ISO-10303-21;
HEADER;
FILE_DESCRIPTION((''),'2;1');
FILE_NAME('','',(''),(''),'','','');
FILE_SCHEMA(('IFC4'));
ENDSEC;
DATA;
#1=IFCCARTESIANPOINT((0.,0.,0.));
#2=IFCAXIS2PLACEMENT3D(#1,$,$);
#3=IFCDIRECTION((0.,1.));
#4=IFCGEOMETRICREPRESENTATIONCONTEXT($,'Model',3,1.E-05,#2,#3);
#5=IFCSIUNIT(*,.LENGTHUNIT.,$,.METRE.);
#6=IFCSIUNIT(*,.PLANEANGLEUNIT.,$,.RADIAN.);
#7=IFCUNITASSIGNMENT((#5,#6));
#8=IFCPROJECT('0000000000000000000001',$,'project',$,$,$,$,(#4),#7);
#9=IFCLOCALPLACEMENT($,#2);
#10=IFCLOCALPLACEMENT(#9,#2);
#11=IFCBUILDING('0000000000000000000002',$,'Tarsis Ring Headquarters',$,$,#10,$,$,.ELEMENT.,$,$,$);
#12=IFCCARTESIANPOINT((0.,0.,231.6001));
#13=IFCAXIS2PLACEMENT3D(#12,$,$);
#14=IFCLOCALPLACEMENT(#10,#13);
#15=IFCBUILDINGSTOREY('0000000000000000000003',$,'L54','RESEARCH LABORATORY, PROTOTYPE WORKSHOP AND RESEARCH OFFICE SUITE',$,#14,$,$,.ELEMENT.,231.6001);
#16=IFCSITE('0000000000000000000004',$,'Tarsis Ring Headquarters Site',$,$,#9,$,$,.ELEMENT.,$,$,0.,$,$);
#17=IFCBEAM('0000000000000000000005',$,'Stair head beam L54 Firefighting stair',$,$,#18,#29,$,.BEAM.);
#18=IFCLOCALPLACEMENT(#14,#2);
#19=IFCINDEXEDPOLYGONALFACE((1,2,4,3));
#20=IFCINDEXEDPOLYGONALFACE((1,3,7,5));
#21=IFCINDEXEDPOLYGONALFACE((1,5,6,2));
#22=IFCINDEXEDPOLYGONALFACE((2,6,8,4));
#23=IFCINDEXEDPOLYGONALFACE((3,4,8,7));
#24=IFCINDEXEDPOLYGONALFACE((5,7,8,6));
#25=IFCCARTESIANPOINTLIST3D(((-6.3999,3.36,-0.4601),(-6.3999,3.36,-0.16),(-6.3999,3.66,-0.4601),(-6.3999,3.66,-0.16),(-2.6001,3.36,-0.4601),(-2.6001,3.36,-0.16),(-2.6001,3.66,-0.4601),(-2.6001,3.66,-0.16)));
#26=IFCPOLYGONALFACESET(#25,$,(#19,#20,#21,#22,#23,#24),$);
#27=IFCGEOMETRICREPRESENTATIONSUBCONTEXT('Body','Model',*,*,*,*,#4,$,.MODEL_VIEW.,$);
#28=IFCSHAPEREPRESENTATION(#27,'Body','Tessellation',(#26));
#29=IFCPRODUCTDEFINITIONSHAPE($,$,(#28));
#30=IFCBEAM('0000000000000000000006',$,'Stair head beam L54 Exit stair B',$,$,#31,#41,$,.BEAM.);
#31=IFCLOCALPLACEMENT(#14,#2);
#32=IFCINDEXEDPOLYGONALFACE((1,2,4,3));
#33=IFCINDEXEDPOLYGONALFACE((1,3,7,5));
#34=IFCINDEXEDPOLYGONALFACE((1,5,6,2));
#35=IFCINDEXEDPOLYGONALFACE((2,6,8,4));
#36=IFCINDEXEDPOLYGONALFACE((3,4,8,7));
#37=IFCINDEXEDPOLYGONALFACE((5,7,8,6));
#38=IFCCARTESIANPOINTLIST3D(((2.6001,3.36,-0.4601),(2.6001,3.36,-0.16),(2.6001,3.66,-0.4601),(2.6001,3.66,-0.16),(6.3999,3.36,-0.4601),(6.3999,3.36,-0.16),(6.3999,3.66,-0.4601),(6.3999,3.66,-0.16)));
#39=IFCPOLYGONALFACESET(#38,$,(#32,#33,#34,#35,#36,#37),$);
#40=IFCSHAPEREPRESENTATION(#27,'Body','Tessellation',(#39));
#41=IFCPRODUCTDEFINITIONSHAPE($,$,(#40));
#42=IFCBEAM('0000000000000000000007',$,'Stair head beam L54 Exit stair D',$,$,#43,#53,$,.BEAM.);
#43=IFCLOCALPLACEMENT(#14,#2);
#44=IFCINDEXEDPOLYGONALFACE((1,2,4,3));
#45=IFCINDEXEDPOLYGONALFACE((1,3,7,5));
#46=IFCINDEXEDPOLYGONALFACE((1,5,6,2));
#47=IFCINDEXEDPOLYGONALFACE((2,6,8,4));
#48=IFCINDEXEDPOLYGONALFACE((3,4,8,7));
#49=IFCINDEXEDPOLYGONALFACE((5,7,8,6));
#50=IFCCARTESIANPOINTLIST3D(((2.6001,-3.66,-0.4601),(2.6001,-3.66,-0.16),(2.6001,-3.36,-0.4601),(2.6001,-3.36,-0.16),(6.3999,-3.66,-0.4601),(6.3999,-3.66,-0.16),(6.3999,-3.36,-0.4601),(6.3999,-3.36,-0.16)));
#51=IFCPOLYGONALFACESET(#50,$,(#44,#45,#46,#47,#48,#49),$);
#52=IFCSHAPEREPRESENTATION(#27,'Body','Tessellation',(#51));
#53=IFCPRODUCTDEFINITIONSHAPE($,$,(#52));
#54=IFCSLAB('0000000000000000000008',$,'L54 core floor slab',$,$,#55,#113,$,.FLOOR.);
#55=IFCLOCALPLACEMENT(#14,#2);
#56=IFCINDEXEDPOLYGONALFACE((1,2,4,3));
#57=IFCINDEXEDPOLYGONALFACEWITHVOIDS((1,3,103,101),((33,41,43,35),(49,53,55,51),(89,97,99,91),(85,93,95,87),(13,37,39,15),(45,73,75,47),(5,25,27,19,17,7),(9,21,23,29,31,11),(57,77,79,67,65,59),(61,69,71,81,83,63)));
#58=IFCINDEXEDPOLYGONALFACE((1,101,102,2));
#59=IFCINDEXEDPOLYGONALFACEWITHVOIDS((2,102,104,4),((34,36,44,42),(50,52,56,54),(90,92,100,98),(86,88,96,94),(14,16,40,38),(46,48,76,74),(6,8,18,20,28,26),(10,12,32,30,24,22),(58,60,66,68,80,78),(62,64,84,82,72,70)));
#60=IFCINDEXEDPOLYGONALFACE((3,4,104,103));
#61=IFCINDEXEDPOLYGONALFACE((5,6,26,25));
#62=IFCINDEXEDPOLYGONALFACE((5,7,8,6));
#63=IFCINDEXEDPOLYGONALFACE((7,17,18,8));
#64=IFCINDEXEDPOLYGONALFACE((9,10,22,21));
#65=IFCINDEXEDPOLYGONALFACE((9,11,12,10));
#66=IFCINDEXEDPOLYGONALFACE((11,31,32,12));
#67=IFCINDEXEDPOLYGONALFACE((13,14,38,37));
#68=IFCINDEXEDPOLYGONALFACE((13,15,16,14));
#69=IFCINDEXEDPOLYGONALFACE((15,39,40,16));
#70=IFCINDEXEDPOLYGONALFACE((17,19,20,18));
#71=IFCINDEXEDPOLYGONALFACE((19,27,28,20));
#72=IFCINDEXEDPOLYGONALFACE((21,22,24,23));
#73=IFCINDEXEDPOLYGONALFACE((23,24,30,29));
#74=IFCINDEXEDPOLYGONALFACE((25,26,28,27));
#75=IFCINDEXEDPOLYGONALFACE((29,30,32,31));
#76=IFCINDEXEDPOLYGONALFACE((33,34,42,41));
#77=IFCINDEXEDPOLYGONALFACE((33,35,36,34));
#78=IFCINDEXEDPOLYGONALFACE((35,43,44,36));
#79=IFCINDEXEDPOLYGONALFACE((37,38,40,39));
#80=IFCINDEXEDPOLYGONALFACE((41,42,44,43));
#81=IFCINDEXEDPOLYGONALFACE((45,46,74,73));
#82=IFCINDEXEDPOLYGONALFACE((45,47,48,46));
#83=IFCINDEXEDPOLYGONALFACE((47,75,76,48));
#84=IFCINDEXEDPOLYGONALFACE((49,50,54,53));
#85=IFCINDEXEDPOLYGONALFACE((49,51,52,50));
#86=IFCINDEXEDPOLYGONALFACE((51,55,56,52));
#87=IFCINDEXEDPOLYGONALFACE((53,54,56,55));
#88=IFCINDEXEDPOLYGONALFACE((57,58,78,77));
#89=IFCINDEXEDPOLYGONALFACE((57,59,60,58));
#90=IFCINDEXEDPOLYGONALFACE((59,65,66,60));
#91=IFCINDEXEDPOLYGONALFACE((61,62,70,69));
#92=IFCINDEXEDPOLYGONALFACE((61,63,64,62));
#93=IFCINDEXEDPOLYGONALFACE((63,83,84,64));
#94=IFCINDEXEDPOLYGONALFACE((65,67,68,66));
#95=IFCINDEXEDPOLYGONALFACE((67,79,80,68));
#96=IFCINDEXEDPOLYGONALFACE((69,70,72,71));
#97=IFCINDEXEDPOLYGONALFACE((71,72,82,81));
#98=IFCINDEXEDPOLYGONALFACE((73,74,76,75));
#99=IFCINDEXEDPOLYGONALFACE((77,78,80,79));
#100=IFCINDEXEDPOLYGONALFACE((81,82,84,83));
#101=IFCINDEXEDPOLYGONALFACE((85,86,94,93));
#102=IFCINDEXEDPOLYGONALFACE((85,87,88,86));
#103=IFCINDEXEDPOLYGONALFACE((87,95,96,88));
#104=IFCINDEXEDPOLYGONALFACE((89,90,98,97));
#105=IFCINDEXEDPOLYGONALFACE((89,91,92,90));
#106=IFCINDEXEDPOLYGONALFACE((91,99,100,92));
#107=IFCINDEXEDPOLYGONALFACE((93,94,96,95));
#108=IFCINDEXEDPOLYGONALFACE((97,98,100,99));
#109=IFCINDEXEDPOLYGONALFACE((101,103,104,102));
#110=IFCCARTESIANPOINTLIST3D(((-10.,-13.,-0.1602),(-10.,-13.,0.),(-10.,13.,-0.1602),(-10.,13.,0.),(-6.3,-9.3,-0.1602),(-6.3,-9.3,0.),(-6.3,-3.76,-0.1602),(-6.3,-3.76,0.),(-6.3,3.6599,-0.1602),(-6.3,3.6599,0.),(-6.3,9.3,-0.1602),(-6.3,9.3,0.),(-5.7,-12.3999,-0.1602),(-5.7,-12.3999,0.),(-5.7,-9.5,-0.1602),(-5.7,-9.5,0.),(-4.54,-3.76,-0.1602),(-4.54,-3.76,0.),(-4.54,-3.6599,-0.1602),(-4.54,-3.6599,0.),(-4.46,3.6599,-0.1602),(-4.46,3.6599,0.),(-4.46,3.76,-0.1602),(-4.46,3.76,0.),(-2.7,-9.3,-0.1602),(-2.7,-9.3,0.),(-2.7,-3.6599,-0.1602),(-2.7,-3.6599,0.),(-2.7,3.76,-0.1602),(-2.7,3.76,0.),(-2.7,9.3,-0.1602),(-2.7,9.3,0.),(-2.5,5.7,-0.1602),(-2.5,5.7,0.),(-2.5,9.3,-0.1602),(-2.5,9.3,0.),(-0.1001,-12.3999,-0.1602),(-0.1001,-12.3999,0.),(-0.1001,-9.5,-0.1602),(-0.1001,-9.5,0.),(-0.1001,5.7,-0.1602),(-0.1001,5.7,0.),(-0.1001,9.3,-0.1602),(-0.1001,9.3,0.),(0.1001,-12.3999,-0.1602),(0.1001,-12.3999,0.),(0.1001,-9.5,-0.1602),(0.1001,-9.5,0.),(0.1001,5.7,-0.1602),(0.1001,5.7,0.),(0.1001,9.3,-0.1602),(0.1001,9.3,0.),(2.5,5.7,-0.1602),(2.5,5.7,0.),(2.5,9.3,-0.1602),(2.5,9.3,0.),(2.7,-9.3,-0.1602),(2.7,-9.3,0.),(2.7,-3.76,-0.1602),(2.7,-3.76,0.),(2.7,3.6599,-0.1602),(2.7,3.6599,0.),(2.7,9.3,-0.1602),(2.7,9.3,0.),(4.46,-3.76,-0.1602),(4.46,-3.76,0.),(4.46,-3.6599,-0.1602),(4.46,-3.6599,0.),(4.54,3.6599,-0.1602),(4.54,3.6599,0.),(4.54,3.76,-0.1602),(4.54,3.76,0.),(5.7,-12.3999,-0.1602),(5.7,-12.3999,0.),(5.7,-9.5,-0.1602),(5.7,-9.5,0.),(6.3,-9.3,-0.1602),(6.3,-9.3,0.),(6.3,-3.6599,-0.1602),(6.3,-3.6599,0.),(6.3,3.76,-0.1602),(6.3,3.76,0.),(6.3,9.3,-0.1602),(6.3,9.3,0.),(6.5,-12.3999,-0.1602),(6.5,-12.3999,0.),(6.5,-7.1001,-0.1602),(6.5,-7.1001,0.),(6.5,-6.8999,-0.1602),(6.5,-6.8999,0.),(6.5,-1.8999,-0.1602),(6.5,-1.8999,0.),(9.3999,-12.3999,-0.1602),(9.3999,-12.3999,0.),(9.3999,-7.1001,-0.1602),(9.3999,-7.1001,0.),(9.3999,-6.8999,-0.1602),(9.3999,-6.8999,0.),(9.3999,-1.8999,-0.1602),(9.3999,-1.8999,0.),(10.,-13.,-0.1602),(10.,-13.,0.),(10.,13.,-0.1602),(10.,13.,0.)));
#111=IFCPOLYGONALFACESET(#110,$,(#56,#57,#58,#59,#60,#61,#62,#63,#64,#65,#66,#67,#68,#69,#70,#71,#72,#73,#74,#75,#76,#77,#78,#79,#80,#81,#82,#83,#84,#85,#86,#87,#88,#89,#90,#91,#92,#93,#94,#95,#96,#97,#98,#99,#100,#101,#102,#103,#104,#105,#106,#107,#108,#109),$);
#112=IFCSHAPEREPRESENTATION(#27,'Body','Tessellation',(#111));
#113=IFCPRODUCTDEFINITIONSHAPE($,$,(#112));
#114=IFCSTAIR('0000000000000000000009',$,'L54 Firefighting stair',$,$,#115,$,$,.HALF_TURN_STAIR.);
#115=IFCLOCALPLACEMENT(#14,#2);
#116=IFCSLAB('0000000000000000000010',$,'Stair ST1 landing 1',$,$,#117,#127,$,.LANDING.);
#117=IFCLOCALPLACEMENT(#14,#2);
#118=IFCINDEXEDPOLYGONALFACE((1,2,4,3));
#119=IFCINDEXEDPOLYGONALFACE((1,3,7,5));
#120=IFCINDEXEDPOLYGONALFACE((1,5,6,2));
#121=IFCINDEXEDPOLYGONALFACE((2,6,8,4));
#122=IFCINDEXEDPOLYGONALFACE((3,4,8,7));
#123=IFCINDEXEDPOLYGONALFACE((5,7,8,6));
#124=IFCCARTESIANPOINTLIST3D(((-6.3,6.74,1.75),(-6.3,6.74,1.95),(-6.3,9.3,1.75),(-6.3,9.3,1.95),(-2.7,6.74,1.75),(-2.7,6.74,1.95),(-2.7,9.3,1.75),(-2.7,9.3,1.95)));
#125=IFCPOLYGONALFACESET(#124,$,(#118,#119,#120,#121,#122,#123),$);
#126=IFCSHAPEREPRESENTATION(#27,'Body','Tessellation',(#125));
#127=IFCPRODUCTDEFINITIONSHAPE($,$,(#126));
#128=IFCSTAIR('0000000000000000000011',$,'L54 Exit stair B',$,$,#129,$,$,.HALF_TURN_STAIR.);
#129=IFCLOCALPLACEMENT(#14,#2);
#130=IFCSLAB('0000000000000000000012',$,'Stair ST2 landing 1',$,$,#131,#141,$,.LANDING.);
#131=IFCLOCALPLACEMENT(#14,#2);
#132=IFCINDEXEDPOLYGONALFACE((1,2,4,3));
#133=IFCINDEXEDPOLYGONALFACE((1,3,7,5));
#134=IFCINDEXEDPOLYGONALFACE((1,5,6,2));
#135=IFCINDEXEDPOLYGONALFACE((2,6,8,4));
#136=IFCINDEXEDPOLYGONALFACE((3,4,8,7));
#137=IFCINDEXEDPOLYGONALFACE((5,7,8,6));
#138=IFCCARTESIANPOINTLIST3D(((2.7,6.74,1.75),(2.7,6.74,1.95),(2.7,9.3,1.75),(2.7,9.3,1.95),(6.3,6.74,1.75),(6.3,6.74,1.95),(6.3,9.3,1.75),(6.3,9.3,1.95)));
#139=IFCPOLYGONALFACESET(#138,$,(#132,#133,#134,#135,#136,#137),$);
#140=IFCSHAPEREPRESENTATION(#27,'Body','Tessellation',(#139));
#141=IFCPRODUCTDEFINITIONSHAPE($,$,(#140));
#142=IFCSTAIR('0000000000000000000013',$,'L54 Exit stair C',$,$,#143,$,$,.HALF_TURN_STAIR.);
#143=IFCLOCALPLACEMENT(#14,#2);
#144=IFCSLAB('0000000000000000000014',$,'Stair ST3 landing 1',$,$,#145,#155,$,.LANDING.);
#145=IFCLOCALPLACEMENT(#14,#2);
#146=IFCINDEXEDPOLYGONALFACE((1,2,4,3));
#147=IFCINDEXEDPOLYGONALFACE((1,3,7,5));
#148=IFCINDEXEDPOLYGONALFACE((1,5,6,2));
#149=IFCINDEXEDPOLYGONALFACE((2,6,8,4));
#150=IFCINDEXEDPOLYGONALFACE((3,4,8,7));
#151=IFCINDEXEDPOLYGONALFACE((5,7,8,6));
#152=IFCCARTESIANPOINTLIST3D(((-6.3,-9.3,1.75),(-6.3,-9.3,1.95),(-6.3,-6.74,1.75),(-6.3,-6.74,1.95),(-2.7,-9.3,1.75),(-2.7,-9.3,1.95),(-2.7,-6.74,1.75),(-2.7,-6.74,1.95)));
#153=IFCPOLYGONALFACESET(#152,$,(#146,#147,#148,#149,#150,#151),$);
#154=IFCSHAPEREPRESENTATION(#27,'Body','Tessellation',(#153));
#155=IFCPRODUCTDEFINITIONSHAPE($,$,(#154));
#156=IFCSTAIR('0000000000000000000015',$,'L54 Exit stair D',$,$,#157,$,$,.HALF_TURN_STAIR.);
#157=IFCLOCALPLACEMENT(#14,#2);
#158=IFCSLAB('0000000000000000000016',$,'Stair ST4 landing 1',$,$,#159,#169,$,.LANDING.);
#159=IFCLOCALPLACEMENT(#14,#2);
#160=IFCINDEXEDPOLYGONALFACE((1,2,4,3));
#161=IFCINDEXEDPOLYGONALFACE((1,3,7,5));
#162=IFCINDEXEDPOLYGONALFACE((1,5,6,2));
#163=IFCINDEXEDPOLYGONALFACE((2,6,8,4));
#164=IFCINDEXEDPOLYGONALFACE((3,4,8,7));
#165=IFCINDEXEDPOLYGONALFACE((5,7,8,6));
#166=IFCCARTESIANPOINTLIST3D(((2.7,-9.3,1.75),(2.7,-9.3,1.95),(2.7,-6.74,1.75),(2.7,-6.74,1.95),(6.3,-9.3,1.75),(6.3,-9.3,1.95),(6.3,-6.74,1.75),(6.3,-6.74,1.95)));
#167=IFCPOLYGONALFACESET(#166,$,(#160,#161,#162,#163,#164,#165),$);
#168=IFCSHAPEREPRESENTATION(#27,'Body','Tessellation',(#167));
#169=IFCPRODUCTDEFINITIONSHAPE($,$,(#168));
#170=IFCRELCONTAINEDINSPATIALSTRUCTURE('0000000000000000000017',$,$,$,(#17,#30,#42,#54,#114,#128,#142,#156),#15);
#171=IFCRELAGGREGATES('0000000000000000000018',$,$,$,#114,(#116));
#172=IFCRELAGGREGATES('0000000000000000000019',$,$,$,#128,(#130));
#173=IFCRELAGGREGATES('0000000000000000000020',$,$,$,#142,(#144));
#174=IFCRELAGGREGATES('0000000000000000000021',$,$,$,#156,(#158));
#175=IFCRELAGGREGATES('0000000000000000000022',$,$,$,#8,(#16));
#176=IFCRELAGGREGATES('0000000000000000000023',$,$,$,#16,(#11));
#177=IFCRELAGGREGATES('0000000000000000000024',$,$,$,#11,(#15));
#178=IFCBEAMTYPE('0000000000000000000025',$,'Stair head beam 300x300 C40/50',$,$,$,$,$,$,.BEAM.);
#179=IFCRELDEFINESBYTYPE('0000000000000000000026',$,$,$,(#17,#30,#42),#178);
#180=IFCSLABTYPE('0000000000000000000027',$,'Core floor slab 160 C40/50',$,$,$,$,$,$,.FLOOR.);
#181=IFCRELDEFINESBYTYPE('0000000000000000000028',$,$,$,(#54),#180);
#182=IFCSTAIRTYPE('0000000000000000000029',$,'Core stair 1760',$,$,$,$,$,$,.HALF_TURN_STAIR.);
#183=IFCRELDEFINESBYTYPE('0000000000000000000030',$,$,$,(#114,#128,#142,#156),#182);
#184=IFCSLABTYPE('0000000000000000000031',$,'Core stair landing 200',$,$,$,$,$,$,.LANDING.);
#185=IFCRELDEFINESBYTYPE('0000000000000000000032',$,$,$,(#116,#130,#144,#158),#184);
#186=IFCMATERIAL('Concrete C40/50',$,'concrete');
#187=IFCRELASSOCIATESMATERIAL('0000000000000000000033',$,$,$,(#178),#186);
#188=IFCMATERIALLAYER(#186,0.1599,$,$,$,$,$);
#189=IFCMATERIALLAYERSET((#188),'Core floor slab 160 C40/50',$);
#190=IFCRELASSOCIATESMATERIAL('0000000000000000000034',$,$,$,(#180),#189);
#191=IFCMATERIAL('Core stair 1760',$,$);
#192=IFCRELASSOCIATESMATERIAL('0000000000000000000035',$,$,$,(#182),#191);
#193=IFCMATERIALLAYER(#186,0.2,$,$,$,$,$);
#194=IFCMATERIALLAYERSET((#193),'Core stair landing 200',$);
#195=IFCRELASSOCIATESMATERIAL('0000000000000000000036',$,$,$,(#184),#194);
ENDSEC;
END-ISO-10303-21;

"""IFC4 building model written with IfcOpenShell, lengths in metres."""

from ifc_helpers import new_model, si_unit, direction, frame, origin, origin_2d, place, context, subcontext, project, spatial, polyline, rectangle, outline, extrude, material, layer, layer_set, material_profile, profile_set, type_object, element, aggregate, save


model = new_model("IFC4")

# Units and contexts
model_context = context("Model", 3, precision=1e-05, world=origin(), true_north=direction((0.0, 1.0)))
body_context = subcontext(model_context, "Body", "Model", "MODEL_VIEW")
ifc_project = project(units=[si_unit("LENGTHUNIT", "METRE"), si_unit("PLANEANGLEUNIT", "RADIAN")], contexts=[model_context])

# Site, building, storey
site_placement = place(None, origin())
site = spatial("IfcSite", under=ifc_project, at=site_placement, Name="Tarsis Ring Headquarters Site", CompositionType="ELEMENT", RefElevation=0.0)
building_placement = place(site_placement, origin())
building = spatial("IfcBuilding", under=site, at=building_placement, Name="Tarsis Ring Headquarters", CompositionType="ELEMENT")
storey_placement = place(building_placement, frame((0.0, 0.0, 231.6001)))
storey = spatial("IfcBuildingStorey", under=building, at=storey_placement, Name="L54", Description="RESEARCH LABORATORY, PROTOTYPE WORKSHOP AND RESEARCH OFFICE SUITE", CompositionType="ELEMENT", Elevation=231.6001)

# Beams
ifc_material_1 = material(Name="Concrete C40/50", Category="concrete")
ifc_material_profile = material_profile(ifc_material_1, rectangle(XDim=0.3, YDim=0.3, at=origin_2d()), Name="Stair head beam 300x300 C40/50")
ifc_profile_set = profile_set([ifc_material_profile], Name="Concrete C40/50")
beam_type = type_object("IfcBeamType", Name="Stair head beam 300x300 C40/50", PredefinedType="BEAM", material=ifc_profile_set)
for number, where, z_axis, x_axis, name in (
    (1, (-6.3999, 3.51, -0.3101), (1.0, 0.0, 0.0), (0.0, 1.0, 0.0), "Stair head beam L54 Firefighting stair"),
    (2, (2.6001, 3.51, -0.3101), (1.0, 0.0, 0.0), (0.0, 1.0, 0.0), "Stair head beam L54 Exit stair B"),
    (3, (2.6001, -3.51, -0.3101), (1.0, 0.0, 0.0), (0.0, 1.0, 0.0), "Stair head beam L54 Exit stair D"),
):
    element("IfcBeam", number, at=place(storey_placement, frame(where, z_axis=z_axis, x_axis=x_axis)), inside=storey, type_object=beam_type, Name=name, PredefinedType="BEAM", context=body_context, shape_type="SweptSolid", body=[
        extrude(rectangle(XDim=0.3, YDim=0.3, at=origin_2d()), origin(), (0.0, 0.0, 1.0), 3.7998),
    ])

# Slab
ifc_layer_1 = layer(ifc_material_1, 0.1599)
ifc_layer_set_1 = layer_set([ifc_layer_1], Name="Core floor slab 160 C40/50")
slab_type_1 = type_object("IfcSlabType", Name="Core floor slab 160 C40/50", PredefinedType="FLOOR", material=ifc_layer_set_1)
slab_1_placement = place(storey_placement, frame((0.0, 0.0, -0.1602)))
element("IfcSlab", 4, at=slab_1_placement, inside=storey, type_object=slab_type_1, Name="L54 core floor slab", PredefinedType="FLOOR", context=body_context, shape_type="SweptSolid", body=[
    extrude(outline(polyline([(-10.0, -13.0), (10.0, -13.0), (10.0, 13.0), (-10.0, 13.0), (-10.0, -13.0)]), holes=[polyline([(-2.5, 5.7), (-0.1001, 5.7), (-0.1001, 9.3), (-2.5, 9.3), (-2.5, 5.7)]), polyline([(0.1001, 5.7), (2.5, 5.7), (2.5, 9.3), (0.1001, 9.3), (0.1001, 5.7)]), polyline([(6.5, -12.3999), (9.3999, -12.3999), (9.3999, -7.1001), (6.5, -7.1001), (6.5, -12.3999)]), polyline([(6.5, -6.8999), (9.3999, -6.8999), (9.3999, -1.8999), (6.5, -1.8999), (6.5, -6.8999)]), polyline([(-5.7, -12.3999), (-0.1001, -12.3999), (-0.1001, -9.5), (-5.7, -9.5), (-5.7, -12.3999)]), polyline([(0.1001, -12.3999), (5.7, -12.3999), (5.7, -9.5), (0.1001, -9.5), (0.1001, -12.3999)]), polyline([(-2.7, 3.76), (-2.7, 9.3), (-6.3, 9.3), (-6.3, 3.6599), (-4.46, 3.6599), (-4.46, 3.76), (-2.7, 3.76)]), polyline([(6.3, 3.76), (6.3, 9.3), (2.7, 9.3), (2.7, 3.6599), (4.54, 3.6599), (4.54, 3.76), (6.3, 3.76)]), polyline([(-6.3, -3.76), (-6.3, -9.3), (-2.7, -9.3), (-2.7, -3.6599), (-4.54, -3.6599), (-4.54, -3.76), (-6.3, -3.76)]), polyline([(2.7, -3.76), (2.7, -9.3), (6.3, -9.3), (6.3, -3.6599), (4.46, -3.6599), (4.46, -3.76), (2.7, -3.76)])]), origin(), (0.0, 0.0, 1.0), 0.1602),
])

# Stairs, slabs
ifc_material_2 = material(Name="Core stair 1760")
stair_type = type_object("IfcStairType", Name="Core stair 1760", PredefinedType="HALF_TURN_STAIR", material=ifc_material_2)
stair_1_placement = place(storey_placement, origin())
stair_1 = element("IfcStair", 5, at=stair_1_placement, inside=storey, type_object=stair_type, Name="L54 Firefighting stair", PredefinedType="HALF_TURN_STAIR")
ifc_layer_2 = layer(ifc_material_1, 0.2)
ifc_layer_set_2 = layer_set([ifc_layer_2], Name="Core stair landing 200")
slab_type_2 = type_object("IfcSlabType", Name="Core stair landing 200", PredefinedType="LANDING", material=ifc_layer_set_2)
slab_2_placement = place(storey_placement, frame((0.0, 0.0, 1.75)))
slab_2 = element("IfcSlab", 6, at=slab_2_placement, type_object=slab_type_2, Name="Stair ST1 landing 1", PredefinedType="LANDING", context=body_context, shape_type="SweptSolid", body=[
    extrude(outline(polyline([(-2.7, 6.74), (-2.7, 9.3), (-6.3, 9.3), (-6.3, 6.74), (-2.7, 6.74)])), origin(), (0.0, 0.0, 1.0), 0.2),
])
aggregate(stair_1, [slab_2])
stair_2_placement = place(storey_placement, origin())
stair_2 = element("IfcStair", 7, at=stair_2_placement, inside=storey, type_object=stair_type, Name="L54 Exit stair B", PredefinedType="HALF_TURN_STAIR")
slab_3_placement = place(storey_placement, frame((0.0, 0.0, 1.75)))
slab_3 = element("IfcSlab", 8, at=slab_3_placement, type_object=slab_type_2, Name="Stair ST2 landing 1", PredefinedType="LANDING", context=body_context, shape_type="SweptSolid", body=[
    extrude(outline(polyline([(6.3, 6.74), (6.3, 9.3), (2.7, 9.3), (2.7, 6.74), (6.3, 6.74)])), origin(), (0.0, 0.0, 1.0), 0.2),
])
aggregate(stair_2, [slab_3])
stair_3_placement = place(storey_placement, origin())
stair_3 = element("IfcStair", 9, at=stair_3_placement, inside=storey, type_object=stair_type, Name="L54 Exit stair C", PredefinedType="HALF_TURN_STAIR")
slab_4_placement = place(storey_placement, frame((0.0, 0.0, 1.75)))
slab_4 = element("IfcSlab", 10, at=slab_4_placement, type_object=slab_type_2, Name="Stair ST3 landing 1", PredefinedType="LANDING", context=body_context, shape_type="SweptSolid", body=[
    extrude(outline(polyline([(-6.3, -6.74), (-6.3, -9.3), (-2.7, -9.3), (-2.7, -6.74), (-6.3, -6.74)])), origin(), (0.0, 0.0, 1.0), 0.2),
])
aggregate(stair_3, [slab_4])
stair_4_placement = place(storey_placement, origin())
stair_4 = element("IfcStair", 11, at=stair_4_placement, inside=storey, type_object=stair_type, Name="L54 Exit stair D", PredefinedType="HALF_TURN_STAIR")
slab_5_placement = place(storey_placement, frame((0.0, 0.0, 1.75)))
slab_5 = element("IfcSlab", 12, at=slab_5_placement, type_object=slab_type_2, Name="Stair ST4 landing 1", PredefinedType="LANDING", context=body_context, shape_type="SweptSolid", body=[
    extrude(outline(polyline([(2.7, -6.74), (2.7, -9.3), (6.3, -9.3), (6.3, -6.74), (2.7, -6.74)])), origin(), (0.0, 0.0, 1.0), 0.2),
])
aggregate(stair_4, [slab_5])

save(model, "model.ifc")
